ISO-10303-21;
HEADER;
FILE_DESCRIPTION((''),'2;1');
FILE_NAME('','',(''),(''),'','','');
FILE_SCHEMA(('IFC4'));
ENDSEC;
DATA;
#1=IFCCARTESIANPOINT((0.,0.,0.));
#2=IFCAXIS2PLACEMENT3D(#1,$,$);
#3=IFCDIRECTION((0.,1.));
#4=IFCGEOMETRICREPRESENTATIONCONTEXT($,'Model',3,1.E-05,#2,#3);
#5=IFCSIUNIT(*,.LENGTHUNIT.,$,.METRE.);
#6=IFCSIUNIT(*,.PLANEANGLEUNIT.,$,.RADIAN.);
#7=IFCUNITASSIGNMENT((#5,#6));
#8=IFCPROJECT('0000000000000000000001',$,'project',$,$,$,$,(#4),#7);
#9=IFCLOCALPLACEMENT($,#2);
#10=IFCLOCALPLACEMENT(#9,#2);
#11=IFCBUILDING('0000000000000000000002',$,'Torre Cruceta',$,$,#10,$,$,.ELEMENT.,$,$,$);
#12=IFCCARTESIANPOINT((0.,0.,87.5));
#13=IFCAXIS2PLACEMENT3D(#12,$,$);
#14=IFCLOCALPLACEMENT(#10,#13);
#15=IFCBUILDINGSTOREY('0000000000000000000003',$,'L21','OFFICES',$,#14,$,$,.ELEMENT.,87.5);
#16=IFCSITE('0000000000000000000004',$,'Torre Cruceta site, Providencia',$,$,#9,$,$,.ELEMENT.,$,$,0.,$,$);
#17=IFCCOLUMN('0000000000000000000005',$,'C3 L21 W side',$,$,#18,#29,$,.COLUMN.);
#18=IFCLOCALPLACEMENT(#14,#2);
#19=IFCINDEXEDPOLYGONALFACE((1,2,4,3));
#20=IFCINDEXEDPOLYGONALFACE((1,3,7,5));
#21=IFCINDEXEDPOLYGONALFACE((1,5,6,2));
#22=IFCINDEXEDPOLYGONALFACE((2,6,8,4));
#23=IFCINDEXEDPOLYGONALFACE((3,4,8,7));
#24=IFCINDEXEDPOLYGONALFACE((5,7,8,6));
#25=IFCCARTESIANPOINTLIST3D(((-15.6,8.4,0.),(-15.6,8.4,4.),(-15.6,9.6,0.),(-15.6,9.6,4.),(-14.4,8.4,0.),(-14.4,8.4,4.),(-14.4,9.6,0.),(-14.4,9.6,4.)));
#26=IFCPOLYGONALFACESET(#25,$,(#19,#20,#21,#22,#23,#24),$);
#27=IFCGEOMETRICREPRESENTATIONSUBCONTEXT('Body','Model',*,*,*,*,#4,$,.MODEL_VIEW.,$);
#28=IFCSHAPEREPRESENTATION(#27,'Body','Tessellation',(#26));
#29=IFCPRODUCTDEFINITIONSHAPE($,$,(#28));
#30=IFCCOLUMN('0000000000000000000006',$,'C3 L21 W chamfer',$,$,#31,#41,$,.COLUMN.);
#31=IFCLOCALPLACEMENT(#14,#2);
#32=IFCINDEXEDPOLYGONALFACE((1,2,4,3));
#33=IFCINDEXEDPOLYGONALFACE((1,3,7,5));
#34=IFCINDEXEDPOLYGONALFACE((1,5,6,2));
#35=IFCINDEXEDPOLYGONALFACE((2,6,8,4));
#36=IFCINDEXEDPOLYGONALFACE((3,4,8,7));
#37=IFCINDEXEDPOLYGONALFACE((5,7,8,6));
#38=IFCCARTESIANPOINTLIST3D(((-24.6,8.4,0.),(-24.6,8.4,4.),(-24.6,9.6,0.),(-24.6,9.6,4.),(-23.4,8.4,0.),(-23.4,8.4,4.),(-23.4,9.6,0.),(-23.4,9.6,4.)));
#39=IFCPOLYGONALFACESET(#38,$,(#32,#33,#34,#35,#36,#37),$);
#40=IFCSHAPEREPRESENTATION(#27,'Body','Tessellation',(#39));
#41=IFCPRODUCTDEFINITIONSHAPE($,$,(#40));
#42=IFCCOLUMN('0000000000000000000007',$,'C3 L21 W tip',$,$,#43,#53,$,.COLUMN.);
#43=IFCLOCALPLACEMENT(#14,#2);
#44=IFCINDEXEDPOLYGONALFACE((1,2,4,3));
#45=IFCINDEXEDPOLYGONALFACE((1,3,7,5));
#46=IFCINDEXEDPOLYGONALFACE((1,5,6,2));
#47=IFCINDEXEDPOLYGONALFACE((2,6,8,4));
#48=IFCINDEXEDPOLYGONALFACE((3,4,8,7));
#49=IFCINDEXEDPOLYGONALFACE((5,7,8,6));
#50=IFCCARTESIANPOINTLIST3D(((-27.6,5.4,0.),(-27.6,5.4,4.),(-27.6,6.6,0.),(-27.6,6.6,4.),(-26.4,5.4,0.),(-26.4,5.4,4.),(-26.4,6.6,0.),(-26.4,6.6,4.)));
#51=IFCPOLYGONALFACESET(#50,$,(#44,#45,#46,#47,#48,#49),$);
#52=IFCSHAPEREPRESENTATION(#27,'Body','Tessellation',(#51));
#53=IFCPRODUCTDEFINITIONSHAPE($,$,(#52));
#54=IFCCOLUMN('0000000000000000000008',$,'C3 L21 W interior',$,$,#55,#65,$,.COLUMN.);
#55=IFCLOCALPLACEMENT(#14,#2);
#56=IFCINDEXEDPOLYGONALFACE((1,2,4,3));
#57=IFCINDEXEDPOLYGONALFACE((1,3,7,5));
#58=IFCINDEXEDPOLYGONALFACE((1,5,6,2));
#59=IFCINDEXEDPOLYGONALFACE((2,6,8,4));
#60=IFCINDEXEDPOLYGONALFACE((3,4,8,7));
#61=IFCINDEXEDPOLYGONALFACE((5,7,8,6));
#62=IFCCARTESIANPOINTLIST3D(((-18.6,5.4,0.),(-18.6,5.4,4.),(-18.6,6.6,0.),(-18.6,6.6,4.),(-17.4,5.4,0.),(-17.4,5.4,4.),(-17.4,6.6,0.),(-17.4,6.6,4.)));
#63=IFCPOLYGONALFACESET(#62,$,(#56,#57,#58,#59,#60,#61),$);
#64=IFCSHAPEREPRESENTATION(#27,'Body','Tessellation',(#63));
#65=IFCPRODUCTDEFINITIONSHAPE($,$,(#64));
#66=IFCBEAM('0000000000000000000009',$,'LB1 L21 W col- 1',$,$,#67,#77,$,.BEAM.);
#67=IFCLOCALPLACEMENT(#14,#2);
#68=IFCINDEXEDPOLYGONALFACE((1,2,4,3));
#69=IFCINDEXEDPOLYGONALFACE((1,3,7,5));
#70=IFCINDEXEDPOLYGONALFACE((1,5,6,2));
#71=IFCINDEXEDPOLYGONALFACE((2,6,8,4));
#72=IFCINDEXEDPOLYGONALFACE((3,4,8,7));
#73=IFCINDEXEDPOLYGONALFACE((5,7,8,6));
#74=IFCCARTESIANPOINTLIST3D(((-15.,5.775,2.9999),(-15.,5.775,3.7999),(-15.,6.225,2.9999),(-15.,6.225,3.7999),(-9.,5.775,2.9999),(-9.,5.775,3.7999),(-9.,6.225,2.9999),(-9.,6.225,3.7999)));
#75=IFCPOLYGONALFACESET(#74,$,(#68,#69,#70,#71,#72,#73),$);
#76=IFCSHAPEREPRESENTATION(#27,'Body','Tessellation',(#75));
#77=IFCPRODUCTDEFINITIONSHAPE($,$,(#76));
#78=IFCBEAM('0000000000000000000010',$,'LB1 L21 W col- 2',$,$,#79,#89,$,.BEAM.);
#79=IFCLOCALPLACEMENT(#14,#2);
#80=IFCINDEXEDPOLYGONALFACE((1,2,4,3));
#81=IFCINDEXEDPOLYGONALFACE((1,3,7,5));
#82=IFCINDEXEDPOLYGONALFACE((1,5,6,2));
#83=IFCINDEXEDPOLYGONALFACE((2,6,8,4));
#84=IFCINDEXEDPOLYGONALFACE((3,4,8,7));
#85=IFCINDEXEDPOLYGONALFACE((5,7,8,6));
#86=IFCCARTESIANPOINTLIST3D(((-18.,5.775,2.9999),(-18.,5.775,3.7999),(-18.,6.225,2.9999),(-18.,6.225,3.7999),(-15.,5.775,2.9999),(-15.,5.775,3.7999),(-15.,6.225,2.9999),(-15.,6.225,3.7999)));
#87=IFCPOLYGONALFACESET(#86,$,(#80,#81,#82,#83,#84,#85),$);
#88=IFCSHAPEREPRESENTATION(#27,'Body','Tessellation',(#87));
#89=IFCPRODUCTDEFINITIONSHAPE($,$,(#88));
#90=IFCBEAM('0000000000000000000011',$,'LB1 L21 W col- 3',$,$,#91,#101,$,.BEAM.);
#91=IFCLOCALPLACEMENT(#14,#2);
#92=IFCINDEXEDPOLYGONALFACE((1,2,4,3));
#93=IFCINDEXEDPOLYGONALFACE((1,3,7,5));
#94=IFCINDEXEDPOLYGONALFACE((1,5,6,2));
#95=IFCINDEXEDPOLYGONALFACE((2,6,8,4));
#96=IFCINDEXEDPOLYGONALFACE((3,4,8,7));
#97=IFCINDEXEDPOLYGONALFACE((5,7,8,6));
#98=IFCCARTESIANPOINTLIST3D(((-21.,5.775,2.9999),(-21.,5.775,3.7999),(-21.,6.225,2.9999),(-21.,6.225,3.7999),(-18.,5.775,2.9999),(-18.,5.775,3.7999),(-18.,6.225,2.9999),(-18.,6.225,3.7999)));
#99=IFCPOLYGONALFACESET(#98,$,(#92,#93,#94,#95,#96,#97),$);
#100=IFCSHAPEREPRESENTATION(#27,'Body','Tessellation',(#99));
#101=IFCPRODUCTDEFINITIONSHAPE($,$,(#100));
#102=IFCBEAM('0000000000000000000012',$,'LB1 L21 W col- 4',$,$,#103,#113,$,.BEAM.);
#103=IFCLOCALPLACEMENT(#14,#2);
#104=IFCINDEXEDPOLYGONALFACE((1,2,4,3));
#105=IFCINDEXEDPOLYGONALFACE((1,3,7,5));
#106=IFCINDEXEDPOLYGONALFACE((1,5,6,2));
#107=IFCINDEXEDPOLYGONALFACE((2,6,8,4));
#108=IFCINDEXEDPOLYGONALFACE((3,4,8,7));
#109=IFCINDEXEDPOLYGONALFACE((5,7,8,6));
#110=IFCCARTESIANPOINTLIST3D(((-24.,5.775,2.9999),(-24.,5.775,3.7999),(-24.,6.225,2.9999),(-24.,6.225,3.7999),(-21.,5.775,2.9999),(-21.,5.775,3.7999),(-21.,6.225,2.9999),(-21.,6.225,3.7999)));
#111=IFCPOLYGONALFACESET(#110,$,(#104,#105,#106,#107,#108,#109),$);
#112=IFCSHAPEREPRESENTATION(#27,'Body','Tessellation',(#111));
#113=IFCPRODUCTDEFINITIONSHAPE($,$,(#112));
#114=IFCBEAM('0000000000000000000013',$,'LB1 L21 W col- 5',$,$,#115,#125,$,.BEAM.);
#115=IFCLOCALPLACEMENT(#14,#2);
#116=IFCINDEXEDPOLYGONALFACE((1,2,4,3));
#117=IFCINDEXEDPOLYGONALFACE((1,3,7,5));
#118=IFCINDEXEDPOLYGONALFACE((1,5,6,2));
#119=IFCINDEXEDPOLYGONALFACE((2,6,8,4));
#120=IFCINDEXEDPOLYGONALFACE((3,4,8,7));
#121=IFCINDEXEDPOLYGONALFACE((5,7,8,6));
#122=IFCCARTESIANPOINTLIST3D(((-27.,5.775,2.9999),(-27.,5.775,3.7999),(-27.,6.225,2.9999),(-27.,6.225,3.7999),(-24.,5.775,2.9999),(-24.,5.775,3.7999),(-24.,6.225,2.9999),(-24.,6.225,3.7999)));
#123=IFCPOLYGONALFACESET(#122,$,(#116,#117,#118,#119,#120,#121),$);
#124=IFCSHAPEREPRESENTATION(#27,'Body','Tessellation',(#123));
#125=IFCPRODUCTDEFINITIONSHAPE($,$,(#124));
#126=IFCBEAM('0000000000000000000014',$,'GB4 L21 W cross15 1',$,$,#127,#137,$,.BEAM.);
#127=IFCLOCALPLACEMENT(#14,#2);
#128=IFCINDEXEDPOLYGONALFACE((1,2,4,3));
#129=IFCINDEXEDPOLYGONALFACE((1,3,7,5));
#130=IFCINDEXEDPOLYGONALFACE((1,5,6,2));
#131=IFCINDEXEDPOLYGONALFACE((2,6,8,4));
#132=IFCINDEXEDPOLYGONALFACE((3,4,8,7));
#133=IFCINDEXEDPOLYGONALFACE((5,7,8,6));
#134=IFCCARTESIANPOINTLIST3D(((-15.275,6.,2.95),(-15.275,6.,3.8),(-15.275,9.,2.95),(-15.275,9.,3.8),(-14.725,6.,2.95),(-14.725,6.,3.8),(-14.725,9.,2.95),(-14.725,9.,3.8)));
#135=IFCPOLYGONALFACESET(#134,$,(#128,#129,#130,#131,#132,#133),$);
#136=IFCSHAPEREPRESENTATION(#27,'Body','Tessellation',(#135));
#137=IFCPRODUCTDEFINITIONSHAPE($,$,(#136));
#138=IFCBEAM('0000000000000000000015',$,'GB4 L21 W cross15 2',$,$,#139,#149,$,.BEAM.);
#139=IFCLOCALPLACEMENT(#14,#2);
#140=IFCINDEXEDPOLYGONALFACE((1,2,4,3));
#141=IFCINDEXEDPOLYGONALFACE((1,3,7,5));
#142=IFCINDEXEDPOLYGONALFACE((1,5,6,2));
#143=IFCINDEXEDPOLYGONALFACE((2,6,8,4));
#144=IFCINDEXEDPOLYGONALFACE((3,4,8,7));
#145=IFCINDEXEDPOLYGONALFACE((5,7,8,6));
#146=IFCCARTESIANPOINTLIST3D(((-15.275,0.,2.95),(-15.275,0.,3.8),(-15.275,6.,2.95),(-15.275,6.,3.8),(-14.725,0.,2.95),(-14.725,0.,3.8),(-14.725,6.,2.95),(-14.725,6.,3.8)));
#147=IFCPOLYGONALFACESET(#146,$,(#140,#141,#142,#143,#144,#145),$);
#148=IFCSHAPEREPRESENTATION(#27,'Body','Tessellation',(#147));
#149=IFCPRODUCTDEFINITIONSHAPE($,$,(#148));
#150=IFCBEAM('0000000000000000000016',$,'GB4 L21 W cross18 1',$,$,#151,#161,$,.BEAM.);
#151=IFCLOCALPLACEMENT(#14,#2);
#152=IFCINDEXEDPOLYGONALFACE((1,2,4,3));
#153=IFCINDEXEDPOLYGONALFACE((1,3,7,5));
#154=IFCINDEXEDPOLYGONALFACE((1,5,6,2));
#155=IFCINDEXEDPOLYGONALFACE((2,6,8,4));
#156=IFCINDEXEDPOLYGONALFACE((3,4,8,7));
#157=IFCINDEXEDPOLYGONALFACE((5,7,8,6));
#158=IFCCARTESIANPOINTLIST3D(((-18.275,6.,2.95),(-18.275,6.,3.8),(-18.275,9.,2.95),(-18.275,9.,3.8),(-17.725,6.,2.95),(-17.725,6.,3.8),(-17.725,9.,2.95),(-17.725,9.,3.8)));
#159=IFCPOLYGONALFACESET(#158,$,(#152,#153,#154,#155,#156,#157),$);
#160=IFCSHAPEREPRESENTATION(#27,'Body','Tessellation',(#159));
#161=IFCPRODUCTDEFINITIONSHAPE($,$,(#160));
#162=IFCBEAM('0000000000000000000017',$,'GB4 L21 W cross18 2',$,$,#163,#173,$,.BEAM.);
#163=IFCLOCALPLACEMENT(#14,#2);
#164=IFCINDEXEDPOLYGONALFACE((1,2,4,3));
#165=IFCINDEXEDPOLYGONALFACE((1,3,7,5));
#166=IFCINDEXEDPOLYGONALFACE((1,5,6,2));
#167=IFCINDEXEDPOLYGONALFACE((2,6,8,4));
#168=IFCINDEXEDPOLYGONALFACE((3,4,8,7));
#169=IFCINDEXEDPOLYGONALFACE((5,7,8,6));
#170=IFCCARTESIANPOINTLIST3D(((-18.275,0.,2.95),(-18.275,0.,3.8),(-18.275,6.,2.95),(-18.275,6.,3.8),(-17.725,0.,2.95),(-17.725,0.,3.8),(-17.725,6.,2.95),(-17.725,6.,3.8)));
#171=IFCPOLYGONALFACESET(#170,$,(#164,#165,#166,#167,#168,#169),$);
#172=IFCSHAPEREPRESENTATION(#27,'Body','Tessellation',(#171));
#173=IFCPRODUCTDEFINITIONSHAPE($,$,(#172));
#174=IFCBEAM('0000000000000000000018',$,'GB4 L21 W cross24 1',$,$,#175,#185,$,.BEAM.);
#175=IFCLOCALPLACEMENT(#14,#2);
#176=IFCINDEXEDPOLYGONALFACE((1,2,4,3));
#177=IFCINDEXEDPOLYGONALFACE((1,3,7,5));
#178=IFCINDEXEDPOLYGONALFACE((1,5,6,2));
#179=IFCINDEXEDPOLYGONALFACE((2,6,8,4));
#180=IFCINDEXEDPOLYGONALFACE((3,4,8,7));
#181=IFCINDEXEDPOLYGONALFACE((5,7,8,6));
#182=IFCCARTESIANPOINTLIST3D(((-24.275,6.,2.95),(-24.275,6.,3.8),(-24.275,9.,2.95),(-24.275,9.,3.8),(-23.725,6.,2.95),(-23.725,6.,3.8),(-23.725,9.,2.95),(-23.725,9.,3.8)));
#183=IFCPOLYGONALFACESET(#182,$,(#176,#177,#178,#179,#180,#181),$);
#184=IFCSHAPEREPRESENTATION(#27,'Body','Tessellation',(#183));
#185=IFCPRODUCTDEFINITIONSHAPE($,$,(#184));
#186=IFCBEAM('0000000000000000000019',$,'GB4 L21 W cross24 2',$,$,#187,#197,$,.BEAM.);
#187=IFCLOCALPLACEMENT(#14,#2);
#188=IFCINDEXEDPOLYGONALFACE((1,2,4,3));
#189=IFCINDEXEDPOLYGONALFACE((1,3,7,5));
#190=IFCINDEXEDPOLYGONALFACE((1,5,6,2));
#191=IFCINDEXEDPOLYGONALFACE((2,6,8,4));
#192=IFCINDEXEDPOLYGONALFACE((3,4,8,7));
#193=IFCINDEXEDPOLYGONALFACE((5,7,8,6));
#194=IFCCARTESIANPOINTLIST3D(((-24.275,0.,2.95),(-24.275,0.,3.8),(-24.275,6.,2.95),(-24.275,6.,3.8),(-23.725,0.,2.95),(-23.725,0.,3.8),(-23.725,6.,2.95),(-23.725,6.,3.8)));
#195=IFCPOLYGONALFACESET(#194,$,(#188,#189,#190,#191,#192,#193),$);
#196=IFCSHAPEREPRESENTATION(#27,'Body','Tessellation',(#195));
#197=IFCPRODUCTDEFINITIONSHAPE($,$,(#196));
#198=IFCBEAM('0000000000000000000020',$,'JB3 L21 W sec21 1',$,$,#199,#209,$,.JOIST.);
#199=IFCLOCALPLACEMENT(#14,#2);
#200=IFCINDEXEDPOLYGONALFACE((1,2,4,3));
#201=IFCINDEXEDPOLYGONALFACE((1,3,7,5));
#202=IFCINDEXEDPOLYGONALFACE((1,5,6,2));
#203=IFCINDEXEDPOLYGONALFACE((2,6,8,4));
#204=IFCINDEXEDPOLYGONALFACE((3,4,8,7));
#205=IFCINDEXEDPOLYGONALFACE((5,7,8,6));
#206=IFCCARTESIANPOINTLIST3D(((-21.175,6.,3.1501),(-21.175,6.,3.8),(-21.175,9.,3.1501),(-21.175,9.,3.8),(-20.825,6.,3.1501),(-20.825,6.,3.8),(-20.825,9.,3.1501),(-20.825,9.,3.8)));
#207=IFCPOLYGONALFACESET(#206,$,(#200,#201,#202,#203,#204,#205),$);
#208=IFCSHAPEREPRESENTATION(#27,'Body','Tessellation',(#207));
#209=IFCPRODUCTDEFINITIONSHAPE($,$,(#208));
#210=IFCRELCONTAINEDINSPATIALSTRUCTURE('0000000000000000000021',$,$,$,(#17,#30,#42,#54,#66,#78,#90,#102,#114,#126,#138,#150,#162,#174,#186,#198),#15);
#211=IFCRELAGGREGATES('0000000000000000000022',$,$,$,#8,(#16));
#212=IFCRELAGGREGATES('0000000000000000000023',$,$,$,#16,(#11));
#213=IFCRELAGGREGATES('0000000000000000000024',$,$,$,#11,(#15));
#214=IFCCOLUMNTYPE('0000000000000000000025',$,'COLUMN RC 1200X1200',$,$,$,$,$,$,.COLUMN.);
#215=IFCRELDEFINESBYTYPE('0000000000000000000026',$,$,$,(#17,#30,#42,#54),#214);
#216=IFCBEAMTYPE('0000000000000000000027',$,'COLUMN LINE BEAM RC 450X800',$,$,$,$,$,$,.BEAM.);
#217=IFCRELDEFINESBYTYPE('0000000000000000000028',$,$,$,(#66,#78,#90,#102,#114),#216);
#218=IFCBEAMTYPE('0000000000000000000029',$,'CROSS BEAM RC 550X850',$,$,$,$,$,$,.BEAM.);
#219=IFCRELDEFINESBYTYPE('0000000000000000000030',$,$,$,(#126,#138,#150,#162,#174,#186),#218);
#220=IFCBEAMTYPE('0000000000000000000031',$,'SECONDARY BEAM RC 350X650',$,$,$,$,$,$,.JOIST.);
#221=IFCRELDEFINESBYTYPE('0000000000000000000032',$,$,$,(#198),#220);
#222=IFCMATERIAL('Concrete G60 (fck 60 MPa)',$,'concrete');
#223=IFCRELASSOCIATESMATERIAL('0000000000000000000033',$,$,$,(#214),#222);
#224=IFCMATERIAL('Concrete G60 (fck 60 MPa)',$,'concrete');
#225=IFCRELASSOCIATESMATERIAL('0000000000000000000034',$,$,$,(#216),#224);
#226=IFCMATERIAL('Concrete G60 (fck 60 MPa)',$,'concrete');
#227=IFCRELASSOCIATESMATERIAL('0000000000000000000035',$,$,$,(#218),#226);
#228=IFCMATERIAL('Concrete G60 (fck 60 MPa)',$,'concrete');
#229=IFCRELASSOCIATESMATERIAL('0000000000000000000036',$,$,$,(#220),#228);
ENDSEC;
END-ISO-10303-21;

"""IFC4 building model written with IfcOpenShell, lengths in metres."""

from ifc_helpers import new_model, si_unit, direction, frame, origin, origin_2d, place, context, subcontext, project, spatial, rectangle, extrude, material, material_profile, profile_set, type_object, element, save


model = new_model("IFC4")

# Units and contexts
model_context = context("Model", 3, precision=1e-05, world=origin(), true_north=direction((0.0, 1.0)))
body_context = subcontext(model_context, "Body", "Model", "MODEL_VIEW")
ifc_project = project(units=[si_unit("LENGTHUNIT", "METRE"), si_unit("PLANEANGLEUNIT", "RADIAN")], contexts=[model_context])

# Site, building, storey
site_placement = place(None, origin())
site = spatial("IfcSite", under=ifc_project, at=site_placement, Name="Torre Cruceta site, Providencia", CompositionType="ELEMENT", RefElevation=0.0)
building_placement = place(site_placement, origin())
building = spatial("IfcBuilding", under=site, at=building_placement, Name="Torre Cruceta", CompositionType="ELEMENT")
storey_placement = place(building_placement, frame((0.0, 0.0, 87.5)))
storey = spatial("IfcBuildingStorey", under=building, at=storey_placement, Name="L21", Description="OFFICES", CompositionType="ELEMENT", Elevation=87.5)

# Columns
ifc_material_1 = material(Name="Concrete G60 (fck 60 MPa)", Category="concrete")
ifc_material_profile_1 = material_profile(ifc_material_1, rectangle(XDim=1.2, YDim=1.2, at=origin_2d()), Name="RC 1200X1200")
ifc_profile_set_1 = profile_set([ifc_material_profile_1], Name="Concrete G60 (fck 60 MPa)")
column_type = type_object("IfcColumnType", Name="COLUMN RC 1200X1200", PredefinedType="COLUMN", material=ifc_profile_set_1)
for number, where, z_axis, x_axis, name in (
    (1, (-15.0, 9.0, 0.0), (0.0, 0.0, 1.0), (1.0, 0.0, 0.0), "C3 L21 W side"),
    (2, (-24.0, 9.0, 0.0), (0.0, 0.0, 1.0), (1.0, 0.0, 0.0), "C3 L21 W chamfer"),
    (3, (-27.0, 6.0, 0.0), (0.0, 0.0, 1.0), (1.0, 0.0, 0.0), "C3 L21 W tip"),
    (4, (-18.0, 6.0, 0.0), (0.0, 0.0, 1.0), (1.0, 0.0, 0.0), "C3 L21 W interior"),
):
    element("IfcColumn", number, at=place(storey_placement, frame(where, z_axis=z_axis, x_axis=x_axis)), inside=storey, type_object=column_type, Name=name, PredefinedType="COLUMN", context=body_context, shape_type="SweptSolid", body=[
        extrude(rectangle(XDim=1.2, YDim=1.2, at=origin_2d()), origin(), (0.0, 0.0, 1.0), 4.0),
    ])

# Beams
ifc_material_2 = material(Name="Concrete G60 (fck 60 MPa)", Category="concrete")
ifc_material_profile_2 = material_profile(ifc_material_2, rectangle(XDim=0.45, YDim=0.8, at=origin_2d()), Name="RC 450X800")
ifc_profile_set_2 = profile_set([ifc_material_profile_2], Name="Concrete G60 (fck 60 MPa)")
beam_type_1 = type_object("IfcBeamType", Name="COLUMN LINE BEAM RC 450X800", PredefinedType="BEAM", material=ifc_profile_set_2)
beam_1_placement = place(storey_placement, frame((-9.0, 6.0, 3.3999), z_axis=(-1.0, 0.0, 0.0), x_axis=(0.0, -1.0, 0.0)))
element("IfcBeam", 5, at=beam_1_placement, inside=storey, type_object=beam_type_1, Name="LB1 L21 W col- 1", PredefinedType="BEAM", context=body_context, shape_type="SweptSolid", body=[
    extrude(rectangle(XDim=0.45, YDim=0.8, at=origin_2d()), origin(), (0.0, 0.0, 1.0), 6.0),
])
for number, where, z_axis, x_axis, name in (
    (6, (-15.0, 6.0, 3.3999), (-1.0, 0.0, 0.0), (0.0, -1.0, 0.0), "LB1 L21 W col- 2"),
    (7, (-18.0, 6.0, 3.3999), (-1.0, 0.0, 0.0), (0.0, -1.0, 0.0), "LB1 L21 W col- 3"),
    (8, (-21.0, 6.0, 3.3999), (-1.0, 0.0, 0.0), (0.0, -1.0, 0.0), "LB1 L21 W col- 4"),
    (9, (-24.0, 6.0, 3.3999), (-1.0, 0.0, 0.0), (0.0, -1.0, 0.0), "LB1 L21 W col- 5"),
):
    element("IfcBeam", number, at=place(storey_placement, frame(where, z_axis=z_axis, x_axis=x_axis)), inside=storey, type_object=beam_type_1, Name=name, PredefinedType="BEAM", context=body_context, shape_type="SweptSolid", body=[
        extrude(rectangle(XDim=0.45, YDim=0.8, at=origin_2d()), origin(), (0.0, 0.0, 1.0), 3.0),
    ])
ifc_material_3 = material(Name="Concrete G60 (fck 60 MPa)", Category="concrete")
ifc_material_profile_3 = material_profile(ifc_material_3, rectangle(XDim=0.55, YDim=0.8501, at=origin_2d()), Name="RC 550X850")
ifc_profile_set_3 = profile_set([ifc_material_profile_3], Name="Concrete G60 (fck 60 MPa)")
beam_type_2 = type_object("IfcBeamType", Name="CROSS BEAM RC 550X850", PredefinedType="BEAM", material=ifc_profile_set_3)
beam_2_placement = place(storey_placement, frame((-15.0, 9.0, 3.375), z_axis=(0.0, -1.0, 0.0), x_axis=(1.0, 0.0, 0.0)))
element("IfcBeam", 10, at=beam_2_placement, inside=storey, type_object=beam_type_2, Name="GB4 L21 W cross15 1", PredefinedType="BEAM", context=body_context, shape_type="SweptSolid", body=[
    extrude(rectangle(XDim=0.55, YDim=0.8501, at=origin_2d()), origin(), (0.0, 0.0, 1.0), 3.0),
])
beam_3_placement = place(storey_placement, frame((-15.0, 6.0, 3.375), z_axis=(0.0, -1.0, 0.0), x_axis=(1.0, 0.0, 0.0)))
element("IfcBeam", 11, at=beam_3_placement, inside=storey, type_object=beam_type_2, Name="GB4 L21 W cross15 2", PredefinedType="BEAM", context=body_context, shape_type="SweptSolid", body=[
    extrude(rectangle(XDim=0.55, YDim=0.8501, at=origin_2d()), origin(), (0.0, 0.0, 1.0), 6.0),
])
beam_4_placement = place(storey_placement, frame((-18.0, 9.0, 3.375), z_axis=(0.0, -1.0, 0.0), x_axis=(1.0, 0.0, 0.0)))
element("IfcBeam", 12, at=beam_4_placement, inside=storey, type_object=beam_type_2, Name="GB4 L21 W cross18 1", PredefinedType="BEAM", context=body_context, shape_type="SweptSolid", body=[
    extrude(rectangle(XDim=0.55, YDim=0.8501, at=origin_2d()), origin(), (0.0, 0.0, 1.0), 3.0),
])
beam_5_placement = place(storey_placement, frame((-18.0, 6.0, 3.375), z_axis=(0.0, -1.0, 0.0), x_axis=(1.0, 0.0, 0.0)))
element("IfcBeam", 13, at=beam_5_placement, inside=storey, type_object=beam_type_2, Name="GB4 L21 W cross18 2", PredefinedType="BEAM", context=body_context, shape_type="SweptSolid", body=[
    extrude(rectangle(XDim=0.55, YDim=0.8501, at=origin_2d()), origin(), (0.0, 0.0, 1.0), 6.0),
])
beam_6_placement = place(storey_placement, frame((-24.0, 9.0, 3.375), z_axis=(0.0, -1.0, 0.0), x_axis=(1.0, 0.0, 0.0)))
element("IfcBeam", 14, at=beam_6_placement, inside=storey, type_object=beam_type_2, Name="GB4 L21 W cross24 1", PredefinedType="BEAM", context=body_context, shape_type="SweptSolid", body=[
    extrude(rectangle(XDim=0.55, YDim=0.8501, at=origin_2d()), origin(), (0.0, 0.0, 1.0), 3.0),
])
beam_7_placement = place(storey_placement, frame((-24.0, 6.0, 3.375), z_axis=(0.0, -1.0, 0.0), x_axis=(1.0, 0.0, 0.0)))
element("IfcBeam", 15, at=beam_7_placement, inside=storey, type_object=beam_type_2, Name="GB4 L21 W cross24 2", PredefinedType="BEAM", context=body_context, shape_type="SweptSolid", body=[
    extrude(rectangle(XDim=0.55, YDim=0.8501, at=origin_2d()), origin(), (0.0, 0.0, 1.0), 6.0),
])
ifc_material_4 = material(Name="Concrete G60 (fck 60 MPa)", Category="concrete")
ifc_material_profile_4 = material_profile(ifc_material_4, rectangle(XDim=0.3501, YDim=0.6499, at=origin_2d()), Name="RC 350X650")
ifc_profile_set_4 = profile_set([ifc_material_profile_4], Name="Concrete G60 (fck 60 MPa)")
beam_type_3 = type_object("IfcBeamType", Name="SECONDARY BEAM RC 350X650", PredefinedType="JOIST", material=ifc_profile_set_4)
beam_8_placement = place(storey_placement, frame((-21.0, 9.0, 3.4751), z_axis=(0.0, -1.0, 0.0), x_axis=(1.0, 0.0, 0.0)))
element("IfcBeam", 16, at=beam_8_placement, inside=storey, type_object=beam_type_3, Name="JB3 L21 W sec21 1", PredefinedType="JOIST", context=body_context, shape_type="SweptSolid", body=[
    extrude(rectangle(XDim=0.3501, YDim=0.6499, at=origin_2d()), origin(), (0.0, 0.0, 1.0), 3.0),
])

save(model, "model.ifc")
